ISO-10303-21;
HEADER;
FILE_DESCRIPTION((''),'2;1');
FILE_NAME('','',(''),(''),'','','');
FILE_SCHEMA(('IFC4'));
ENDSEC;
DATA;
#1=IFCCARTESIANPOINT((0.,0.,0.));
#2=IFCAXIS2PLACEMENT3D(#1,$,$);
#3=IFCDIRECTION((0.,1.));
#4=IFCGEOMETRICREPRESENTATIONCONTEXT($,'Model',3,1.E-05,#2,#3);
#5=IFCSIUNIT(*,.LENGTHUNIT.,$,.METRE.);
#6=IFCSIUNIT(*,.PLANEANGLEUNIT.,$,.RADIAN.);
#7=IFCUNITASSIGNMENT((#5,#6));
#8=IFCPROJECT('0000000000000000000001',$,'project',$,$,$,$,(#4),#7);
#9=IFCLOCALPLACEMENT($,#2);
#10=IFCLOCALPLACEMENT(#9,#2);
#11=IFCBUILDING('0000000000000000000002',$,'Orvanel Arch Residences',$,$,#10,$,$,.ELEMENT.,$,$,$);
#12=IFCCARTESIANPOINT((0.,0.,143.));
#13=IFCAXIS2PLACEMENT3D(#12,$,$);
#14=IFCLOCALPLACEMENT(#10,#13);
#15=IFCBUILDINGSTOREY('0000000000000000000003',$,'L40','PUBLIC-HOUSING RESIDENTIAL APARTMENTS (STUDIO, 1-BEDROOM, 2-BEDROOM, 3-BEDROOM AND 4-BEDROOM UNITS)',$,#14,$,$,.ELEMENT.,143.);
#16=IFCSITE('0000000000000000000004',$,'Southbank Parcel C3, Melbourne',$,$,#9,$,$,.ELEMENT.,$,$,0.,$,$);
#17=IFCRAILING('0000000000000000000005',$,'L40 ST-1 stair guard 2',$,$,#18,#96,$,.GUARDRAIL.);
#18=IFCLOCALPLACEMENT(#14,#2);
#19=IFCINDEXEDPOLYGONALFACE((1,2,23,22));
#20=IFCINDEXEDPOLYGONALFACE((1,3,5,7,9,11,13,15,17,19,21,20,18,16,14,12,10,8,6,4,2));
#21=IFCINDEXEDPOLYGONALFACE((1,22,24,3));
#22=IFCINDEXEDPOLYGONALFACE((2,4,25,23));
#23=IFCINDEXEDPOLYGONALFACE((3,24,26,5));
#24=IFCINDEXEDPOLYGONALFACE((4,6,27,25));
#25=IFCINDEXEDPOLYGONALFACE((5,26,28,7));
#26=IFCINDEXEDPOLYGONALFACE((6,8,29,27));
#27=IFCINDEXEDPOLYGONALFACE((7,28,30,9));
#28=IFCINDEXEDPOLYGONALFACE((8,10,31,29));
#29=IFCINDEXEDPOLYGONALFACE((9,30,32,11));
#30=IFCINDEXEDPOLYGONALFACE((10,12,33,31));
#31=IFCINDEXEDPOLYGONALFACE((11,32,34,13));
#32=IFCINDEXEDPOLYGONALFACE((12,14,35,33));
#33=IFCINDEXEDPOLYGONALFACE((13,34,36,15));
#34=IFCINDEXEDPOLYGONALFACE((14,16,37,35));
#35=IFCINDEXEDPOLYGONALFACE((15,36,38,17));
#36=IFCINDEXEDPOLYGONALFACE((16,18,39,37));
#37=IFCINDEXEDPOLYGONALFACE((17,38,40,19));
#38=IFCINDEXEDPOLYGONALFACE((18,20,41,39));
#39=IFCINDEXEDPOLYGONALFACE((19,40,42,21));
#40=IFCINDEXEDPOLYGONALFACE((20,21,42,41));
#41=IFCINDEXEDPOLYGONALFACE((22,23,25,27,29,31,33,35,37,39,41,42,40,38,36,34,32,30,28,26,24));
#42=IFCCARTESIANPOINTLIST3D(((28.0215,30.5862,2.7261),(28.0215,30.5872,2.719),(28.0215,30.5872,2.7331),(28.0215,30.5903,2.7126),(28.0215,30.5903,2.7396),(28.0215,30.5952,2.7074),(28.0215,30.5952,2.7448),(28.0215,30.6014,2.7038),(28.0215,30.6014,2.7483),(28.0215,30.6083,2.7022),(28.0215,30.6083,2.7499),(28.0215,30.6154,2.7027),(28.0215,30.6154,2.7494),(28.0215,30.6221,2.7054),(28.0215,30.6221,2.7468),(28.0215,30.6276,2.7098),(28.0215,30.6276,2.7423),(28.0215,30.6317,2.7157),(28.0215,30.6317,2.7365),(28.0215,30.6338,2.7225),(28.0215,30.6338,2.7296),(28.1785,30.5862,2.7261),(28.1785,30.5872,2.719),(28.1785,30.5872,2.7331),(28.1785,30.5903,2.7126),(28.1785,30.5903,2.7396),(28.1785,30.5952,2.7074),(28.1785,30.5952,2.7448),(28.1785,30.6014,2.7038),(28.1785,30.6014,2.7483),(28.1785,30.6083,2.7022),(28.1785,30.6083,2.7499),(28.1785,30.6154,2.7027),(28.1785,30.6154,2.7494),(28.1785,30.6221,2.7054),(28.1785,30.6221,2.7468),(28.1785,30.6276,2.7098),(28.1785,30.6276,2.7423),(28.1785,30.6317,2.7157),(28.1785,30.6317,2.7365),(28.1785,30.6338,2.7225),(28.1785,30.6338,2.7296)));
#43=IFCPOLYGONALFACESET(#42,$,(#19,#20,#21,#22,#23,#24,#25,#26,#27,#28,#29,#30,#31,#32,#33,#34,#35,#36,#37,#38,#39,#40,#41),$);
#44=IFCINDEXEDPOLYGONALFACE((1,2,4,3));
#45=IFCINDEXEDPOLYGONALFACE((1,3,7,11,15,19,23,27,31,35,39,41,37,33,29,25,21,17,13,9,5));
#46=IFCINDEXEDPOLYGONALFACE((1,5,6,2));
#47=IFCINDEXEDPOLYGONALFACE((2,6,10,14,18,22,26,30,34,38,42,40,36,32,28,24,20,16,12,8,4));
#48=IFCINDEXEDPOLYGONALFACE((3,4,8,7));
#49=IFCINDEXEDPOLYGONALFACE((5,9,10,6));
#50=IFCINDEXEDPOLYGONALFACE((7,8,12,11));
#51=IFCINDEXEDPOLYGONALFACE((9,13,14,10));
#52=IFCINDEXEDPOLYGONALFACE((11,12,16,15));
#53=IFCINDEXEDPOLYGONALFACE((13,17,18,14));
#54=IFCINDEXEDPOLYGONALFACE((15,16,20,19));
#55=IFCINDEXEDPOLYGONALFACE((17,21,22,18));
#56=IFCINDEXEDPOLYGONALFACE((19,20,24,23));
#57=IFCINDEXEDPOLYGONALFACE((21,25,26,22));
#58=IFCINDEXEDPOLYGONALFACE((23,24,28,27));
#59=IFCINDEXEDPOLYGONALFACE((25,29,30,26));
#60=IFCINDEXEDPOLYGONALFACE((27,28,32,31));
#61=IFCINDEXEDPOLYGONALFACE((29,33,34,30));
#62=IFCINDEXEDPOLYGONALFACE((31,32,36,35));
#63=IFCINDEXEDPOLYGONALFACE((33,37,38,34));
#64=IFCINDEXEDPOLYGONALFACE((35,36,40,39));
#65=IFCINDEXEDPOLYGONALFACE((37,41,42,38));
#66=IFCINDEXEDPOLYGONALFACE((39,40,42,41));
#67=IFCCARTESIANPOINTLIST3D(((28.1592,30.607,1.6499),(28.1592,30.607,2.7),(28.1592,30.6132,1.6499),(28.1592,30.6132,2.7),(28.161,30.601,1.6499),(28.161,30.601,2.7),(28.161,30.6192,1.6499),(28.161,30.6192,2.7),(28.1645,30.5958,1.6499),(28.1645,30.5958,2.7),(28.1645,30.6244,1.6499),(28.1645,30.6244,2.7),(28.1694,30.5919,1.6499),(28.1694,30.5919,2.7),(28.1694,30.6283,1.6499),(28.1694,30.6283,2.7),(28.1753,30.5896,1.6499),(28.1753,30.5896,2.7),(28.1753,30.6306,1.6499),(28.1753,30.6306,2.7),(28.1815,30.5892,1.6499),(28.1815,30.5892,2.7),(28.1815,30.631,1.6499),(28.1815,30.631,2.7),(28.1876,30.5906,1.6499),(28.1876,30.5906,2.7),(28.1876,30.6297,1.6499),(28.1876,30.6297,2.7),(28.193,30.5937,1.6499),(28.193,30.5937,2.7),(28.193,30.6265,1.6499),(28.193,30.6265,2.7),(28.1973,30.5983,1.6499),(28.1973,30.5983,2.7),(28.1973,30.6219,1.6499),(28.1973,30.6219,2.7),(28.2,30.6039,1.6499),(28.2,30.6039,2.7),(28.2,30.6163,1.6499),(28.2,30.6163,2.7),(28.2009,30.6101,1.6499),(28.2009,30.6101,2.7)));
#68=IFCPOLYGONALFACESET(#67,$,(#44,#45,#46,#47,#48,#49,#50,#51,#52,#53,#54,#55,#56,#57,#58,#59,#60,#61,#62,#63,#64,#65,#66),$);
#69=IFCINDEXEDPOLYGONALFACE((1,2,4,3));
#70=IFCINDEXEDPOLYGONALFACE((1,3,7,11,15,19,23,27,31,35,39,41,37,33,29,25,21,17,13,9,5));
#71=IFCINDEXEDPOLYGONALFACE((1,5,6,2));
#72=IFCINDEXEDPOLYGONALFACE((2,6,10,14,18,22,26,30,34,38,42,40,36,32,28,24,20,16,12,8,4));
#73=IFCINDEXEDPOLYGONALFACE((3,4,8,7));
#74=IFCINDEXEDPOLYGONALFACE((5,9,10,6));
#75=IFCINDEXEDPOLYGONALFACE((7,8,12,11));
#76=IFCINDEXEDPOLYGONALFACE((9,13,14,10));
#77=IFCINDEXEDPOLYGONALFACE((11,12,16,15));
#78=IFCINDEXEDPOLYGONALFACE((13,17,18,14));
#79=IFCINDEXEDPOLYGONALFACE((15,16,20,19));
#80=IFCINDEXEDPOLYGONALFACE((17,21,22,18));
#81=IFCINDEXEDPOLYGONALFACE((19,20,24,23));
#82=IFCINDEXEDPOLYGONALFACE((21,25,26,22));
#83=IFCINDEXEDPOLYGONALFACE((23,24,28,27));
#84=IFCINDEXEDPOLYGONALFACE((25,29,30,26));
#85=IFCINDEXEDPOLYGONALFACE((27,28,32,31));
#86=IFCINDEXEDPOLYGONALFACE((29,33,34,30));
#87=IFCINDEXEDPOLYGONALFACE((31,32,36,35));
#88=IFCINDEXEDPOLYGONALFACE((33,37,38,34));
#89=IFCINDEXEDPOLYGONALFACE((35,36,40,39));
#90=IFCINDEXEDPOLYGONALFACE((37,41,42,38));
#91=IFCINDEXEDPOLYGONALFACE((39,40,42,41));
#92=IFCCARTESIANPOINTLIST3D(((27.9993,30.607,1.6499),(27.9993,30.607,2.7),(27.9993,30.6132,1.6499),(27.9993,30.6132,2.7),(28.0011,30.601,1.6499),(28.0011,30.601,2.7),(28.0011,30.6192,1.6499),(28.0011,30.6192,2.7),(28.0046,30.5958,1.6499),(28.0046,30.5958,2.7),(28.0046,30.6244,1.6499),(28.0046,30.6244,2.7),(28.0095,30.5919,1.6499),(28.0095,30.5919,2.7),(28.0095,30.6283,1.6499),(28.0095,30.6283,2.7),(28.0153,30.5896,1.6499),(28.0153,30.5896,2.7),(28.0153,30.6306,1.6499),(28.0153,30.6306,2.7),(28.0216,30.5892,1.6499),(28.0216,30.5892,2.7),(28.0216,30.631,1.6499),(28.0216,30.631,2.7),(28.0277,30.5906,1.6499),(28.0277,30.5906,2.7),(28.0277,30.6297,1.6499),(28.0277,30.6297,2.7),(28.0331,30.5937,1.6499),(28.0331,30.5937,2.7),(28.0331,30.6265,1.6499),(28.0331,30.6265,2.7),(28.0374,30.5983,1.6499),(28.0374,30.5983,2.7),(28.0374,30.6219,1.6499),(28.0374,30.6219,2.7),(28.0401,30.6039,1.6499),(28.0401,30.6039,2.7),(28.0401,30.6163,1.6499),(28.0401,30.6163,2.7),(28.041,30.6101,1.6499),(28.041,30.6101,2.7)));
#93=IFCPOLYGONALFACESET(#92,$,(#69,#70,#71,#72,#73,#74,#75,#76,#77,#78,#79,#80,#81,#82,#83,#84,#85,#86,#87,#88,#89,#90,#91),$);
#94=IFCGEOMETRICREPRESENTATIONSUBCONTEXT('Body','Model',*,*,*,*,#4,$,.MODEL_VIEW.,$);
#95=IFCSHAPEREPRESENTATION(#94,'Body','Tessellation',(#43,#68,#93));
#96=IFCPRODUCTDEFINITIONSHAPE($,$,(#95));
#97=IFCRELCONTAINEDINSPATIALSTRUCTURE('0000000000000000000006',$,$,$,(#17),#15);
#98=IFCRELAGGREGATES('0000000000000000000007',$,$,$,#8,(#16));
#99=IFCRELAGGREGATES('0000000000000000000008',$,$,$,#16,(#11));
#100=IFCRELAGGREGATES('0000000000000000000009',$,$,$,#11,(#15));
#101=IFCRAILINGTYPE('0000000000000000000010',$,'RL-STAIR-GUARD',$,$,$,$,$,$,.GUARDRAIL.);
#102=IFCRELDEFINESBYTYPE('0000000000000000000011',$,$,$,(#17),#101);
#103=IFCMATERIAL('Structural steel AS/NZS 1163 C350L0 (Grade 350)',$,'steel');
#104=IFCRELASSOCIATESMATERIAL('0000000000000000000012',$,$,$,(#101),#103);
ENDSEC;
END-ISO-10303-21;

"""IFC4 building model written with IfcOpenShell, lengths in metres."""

from ifc_helpers import new_model, si_unit, direction, frame, origin, origin_2d, place, context, subcontext, project, spatial, circle, extrude, material, type_object, element, save


model = new_model("IFC4")

# Units and contexts
model_context = context("Model", 3, precision=1e-05, world=origin(), true_north=direction((0.0, 1.0)))
body_context = subcontext(model_context, "Body", "Model", "MODEL_VIEW")
ifc_project = project(units=[si_unit("LENGTHUNIT", "METRE"), si_unit("PLANEANGLEUNIT", "RADIAN")], contexts=[model_context])

# Site, building, storey
site_placement = place(None, origin())
site = spatial("IfcSite", under=ifc_project, at=site_placement, Name="Southbank Parcel C3, Melbourne", CompositionType="ELEMENT", RefElevation=0.0)
building_placement = place(site_placement, origin())
building = spatial("IfcBuilding", under=site, at=building_placement, Name="Orvanel Arch Residences", CompositionType="ELEMENT")
storey_placement = place(building_placement, frame((0.0, 0.0, 143.0)))
storey = spatial("IfcBuildingStorey", under=building, at=storey_placement, Name="L40", Description="PUBLIC-HOUSING RESIDENTIAL APARTMENTS (STUDIO, 1-BEDROOM, 2-BEDROOM, 3-BEDROOM AND 4-BEDROOM UNITS)", CompositionType="ELEMENT", Elevation=143.0)

# Railing
ifc_material_1 = material(Name="Structural steel AS/NZS 1163 C350L0 (Grade 350)", Category="steel")
railing_type_1 = type_object("IfcRailingType", Name="RL-STAIR-GUARD", PredefinedType="GUARDRAIL", material=ifc_material_1)
railing_1_placement = place(storey_placement, frame((28.1799, 30.6101, 1.6499)))
element("IfcRailing", 1, at=railing_1_placement, inside=storey, type_object=railing_type_1, Name="L40 ST-1 stair guard 2", PredefinedType="GUARDRAIL", context=body_context, shape_type="SweptSolid", body=[
    extrude(circle(Radius=0.0239, at=origin_2d()), frame((-0.0015, 0.0, 1.0762), z_axis=(-1.0, 0.0, 0.0), x_axis=(0.0, -1.0, 0.0)), (0.0, 0.0, 1.0), 0.157),
    extrude(circle(Radius=0.021, at=origin_2d()), origin(), (0.0, 0.0, 1.0), 1.05),
    extrude(circle(Radius=0.021, at=origin_2d()), frame((-0.1599, 0.0, 0.0)), (0.0, 0.0, 1.0), 1.05),
])

save(model, "model.ifc")
